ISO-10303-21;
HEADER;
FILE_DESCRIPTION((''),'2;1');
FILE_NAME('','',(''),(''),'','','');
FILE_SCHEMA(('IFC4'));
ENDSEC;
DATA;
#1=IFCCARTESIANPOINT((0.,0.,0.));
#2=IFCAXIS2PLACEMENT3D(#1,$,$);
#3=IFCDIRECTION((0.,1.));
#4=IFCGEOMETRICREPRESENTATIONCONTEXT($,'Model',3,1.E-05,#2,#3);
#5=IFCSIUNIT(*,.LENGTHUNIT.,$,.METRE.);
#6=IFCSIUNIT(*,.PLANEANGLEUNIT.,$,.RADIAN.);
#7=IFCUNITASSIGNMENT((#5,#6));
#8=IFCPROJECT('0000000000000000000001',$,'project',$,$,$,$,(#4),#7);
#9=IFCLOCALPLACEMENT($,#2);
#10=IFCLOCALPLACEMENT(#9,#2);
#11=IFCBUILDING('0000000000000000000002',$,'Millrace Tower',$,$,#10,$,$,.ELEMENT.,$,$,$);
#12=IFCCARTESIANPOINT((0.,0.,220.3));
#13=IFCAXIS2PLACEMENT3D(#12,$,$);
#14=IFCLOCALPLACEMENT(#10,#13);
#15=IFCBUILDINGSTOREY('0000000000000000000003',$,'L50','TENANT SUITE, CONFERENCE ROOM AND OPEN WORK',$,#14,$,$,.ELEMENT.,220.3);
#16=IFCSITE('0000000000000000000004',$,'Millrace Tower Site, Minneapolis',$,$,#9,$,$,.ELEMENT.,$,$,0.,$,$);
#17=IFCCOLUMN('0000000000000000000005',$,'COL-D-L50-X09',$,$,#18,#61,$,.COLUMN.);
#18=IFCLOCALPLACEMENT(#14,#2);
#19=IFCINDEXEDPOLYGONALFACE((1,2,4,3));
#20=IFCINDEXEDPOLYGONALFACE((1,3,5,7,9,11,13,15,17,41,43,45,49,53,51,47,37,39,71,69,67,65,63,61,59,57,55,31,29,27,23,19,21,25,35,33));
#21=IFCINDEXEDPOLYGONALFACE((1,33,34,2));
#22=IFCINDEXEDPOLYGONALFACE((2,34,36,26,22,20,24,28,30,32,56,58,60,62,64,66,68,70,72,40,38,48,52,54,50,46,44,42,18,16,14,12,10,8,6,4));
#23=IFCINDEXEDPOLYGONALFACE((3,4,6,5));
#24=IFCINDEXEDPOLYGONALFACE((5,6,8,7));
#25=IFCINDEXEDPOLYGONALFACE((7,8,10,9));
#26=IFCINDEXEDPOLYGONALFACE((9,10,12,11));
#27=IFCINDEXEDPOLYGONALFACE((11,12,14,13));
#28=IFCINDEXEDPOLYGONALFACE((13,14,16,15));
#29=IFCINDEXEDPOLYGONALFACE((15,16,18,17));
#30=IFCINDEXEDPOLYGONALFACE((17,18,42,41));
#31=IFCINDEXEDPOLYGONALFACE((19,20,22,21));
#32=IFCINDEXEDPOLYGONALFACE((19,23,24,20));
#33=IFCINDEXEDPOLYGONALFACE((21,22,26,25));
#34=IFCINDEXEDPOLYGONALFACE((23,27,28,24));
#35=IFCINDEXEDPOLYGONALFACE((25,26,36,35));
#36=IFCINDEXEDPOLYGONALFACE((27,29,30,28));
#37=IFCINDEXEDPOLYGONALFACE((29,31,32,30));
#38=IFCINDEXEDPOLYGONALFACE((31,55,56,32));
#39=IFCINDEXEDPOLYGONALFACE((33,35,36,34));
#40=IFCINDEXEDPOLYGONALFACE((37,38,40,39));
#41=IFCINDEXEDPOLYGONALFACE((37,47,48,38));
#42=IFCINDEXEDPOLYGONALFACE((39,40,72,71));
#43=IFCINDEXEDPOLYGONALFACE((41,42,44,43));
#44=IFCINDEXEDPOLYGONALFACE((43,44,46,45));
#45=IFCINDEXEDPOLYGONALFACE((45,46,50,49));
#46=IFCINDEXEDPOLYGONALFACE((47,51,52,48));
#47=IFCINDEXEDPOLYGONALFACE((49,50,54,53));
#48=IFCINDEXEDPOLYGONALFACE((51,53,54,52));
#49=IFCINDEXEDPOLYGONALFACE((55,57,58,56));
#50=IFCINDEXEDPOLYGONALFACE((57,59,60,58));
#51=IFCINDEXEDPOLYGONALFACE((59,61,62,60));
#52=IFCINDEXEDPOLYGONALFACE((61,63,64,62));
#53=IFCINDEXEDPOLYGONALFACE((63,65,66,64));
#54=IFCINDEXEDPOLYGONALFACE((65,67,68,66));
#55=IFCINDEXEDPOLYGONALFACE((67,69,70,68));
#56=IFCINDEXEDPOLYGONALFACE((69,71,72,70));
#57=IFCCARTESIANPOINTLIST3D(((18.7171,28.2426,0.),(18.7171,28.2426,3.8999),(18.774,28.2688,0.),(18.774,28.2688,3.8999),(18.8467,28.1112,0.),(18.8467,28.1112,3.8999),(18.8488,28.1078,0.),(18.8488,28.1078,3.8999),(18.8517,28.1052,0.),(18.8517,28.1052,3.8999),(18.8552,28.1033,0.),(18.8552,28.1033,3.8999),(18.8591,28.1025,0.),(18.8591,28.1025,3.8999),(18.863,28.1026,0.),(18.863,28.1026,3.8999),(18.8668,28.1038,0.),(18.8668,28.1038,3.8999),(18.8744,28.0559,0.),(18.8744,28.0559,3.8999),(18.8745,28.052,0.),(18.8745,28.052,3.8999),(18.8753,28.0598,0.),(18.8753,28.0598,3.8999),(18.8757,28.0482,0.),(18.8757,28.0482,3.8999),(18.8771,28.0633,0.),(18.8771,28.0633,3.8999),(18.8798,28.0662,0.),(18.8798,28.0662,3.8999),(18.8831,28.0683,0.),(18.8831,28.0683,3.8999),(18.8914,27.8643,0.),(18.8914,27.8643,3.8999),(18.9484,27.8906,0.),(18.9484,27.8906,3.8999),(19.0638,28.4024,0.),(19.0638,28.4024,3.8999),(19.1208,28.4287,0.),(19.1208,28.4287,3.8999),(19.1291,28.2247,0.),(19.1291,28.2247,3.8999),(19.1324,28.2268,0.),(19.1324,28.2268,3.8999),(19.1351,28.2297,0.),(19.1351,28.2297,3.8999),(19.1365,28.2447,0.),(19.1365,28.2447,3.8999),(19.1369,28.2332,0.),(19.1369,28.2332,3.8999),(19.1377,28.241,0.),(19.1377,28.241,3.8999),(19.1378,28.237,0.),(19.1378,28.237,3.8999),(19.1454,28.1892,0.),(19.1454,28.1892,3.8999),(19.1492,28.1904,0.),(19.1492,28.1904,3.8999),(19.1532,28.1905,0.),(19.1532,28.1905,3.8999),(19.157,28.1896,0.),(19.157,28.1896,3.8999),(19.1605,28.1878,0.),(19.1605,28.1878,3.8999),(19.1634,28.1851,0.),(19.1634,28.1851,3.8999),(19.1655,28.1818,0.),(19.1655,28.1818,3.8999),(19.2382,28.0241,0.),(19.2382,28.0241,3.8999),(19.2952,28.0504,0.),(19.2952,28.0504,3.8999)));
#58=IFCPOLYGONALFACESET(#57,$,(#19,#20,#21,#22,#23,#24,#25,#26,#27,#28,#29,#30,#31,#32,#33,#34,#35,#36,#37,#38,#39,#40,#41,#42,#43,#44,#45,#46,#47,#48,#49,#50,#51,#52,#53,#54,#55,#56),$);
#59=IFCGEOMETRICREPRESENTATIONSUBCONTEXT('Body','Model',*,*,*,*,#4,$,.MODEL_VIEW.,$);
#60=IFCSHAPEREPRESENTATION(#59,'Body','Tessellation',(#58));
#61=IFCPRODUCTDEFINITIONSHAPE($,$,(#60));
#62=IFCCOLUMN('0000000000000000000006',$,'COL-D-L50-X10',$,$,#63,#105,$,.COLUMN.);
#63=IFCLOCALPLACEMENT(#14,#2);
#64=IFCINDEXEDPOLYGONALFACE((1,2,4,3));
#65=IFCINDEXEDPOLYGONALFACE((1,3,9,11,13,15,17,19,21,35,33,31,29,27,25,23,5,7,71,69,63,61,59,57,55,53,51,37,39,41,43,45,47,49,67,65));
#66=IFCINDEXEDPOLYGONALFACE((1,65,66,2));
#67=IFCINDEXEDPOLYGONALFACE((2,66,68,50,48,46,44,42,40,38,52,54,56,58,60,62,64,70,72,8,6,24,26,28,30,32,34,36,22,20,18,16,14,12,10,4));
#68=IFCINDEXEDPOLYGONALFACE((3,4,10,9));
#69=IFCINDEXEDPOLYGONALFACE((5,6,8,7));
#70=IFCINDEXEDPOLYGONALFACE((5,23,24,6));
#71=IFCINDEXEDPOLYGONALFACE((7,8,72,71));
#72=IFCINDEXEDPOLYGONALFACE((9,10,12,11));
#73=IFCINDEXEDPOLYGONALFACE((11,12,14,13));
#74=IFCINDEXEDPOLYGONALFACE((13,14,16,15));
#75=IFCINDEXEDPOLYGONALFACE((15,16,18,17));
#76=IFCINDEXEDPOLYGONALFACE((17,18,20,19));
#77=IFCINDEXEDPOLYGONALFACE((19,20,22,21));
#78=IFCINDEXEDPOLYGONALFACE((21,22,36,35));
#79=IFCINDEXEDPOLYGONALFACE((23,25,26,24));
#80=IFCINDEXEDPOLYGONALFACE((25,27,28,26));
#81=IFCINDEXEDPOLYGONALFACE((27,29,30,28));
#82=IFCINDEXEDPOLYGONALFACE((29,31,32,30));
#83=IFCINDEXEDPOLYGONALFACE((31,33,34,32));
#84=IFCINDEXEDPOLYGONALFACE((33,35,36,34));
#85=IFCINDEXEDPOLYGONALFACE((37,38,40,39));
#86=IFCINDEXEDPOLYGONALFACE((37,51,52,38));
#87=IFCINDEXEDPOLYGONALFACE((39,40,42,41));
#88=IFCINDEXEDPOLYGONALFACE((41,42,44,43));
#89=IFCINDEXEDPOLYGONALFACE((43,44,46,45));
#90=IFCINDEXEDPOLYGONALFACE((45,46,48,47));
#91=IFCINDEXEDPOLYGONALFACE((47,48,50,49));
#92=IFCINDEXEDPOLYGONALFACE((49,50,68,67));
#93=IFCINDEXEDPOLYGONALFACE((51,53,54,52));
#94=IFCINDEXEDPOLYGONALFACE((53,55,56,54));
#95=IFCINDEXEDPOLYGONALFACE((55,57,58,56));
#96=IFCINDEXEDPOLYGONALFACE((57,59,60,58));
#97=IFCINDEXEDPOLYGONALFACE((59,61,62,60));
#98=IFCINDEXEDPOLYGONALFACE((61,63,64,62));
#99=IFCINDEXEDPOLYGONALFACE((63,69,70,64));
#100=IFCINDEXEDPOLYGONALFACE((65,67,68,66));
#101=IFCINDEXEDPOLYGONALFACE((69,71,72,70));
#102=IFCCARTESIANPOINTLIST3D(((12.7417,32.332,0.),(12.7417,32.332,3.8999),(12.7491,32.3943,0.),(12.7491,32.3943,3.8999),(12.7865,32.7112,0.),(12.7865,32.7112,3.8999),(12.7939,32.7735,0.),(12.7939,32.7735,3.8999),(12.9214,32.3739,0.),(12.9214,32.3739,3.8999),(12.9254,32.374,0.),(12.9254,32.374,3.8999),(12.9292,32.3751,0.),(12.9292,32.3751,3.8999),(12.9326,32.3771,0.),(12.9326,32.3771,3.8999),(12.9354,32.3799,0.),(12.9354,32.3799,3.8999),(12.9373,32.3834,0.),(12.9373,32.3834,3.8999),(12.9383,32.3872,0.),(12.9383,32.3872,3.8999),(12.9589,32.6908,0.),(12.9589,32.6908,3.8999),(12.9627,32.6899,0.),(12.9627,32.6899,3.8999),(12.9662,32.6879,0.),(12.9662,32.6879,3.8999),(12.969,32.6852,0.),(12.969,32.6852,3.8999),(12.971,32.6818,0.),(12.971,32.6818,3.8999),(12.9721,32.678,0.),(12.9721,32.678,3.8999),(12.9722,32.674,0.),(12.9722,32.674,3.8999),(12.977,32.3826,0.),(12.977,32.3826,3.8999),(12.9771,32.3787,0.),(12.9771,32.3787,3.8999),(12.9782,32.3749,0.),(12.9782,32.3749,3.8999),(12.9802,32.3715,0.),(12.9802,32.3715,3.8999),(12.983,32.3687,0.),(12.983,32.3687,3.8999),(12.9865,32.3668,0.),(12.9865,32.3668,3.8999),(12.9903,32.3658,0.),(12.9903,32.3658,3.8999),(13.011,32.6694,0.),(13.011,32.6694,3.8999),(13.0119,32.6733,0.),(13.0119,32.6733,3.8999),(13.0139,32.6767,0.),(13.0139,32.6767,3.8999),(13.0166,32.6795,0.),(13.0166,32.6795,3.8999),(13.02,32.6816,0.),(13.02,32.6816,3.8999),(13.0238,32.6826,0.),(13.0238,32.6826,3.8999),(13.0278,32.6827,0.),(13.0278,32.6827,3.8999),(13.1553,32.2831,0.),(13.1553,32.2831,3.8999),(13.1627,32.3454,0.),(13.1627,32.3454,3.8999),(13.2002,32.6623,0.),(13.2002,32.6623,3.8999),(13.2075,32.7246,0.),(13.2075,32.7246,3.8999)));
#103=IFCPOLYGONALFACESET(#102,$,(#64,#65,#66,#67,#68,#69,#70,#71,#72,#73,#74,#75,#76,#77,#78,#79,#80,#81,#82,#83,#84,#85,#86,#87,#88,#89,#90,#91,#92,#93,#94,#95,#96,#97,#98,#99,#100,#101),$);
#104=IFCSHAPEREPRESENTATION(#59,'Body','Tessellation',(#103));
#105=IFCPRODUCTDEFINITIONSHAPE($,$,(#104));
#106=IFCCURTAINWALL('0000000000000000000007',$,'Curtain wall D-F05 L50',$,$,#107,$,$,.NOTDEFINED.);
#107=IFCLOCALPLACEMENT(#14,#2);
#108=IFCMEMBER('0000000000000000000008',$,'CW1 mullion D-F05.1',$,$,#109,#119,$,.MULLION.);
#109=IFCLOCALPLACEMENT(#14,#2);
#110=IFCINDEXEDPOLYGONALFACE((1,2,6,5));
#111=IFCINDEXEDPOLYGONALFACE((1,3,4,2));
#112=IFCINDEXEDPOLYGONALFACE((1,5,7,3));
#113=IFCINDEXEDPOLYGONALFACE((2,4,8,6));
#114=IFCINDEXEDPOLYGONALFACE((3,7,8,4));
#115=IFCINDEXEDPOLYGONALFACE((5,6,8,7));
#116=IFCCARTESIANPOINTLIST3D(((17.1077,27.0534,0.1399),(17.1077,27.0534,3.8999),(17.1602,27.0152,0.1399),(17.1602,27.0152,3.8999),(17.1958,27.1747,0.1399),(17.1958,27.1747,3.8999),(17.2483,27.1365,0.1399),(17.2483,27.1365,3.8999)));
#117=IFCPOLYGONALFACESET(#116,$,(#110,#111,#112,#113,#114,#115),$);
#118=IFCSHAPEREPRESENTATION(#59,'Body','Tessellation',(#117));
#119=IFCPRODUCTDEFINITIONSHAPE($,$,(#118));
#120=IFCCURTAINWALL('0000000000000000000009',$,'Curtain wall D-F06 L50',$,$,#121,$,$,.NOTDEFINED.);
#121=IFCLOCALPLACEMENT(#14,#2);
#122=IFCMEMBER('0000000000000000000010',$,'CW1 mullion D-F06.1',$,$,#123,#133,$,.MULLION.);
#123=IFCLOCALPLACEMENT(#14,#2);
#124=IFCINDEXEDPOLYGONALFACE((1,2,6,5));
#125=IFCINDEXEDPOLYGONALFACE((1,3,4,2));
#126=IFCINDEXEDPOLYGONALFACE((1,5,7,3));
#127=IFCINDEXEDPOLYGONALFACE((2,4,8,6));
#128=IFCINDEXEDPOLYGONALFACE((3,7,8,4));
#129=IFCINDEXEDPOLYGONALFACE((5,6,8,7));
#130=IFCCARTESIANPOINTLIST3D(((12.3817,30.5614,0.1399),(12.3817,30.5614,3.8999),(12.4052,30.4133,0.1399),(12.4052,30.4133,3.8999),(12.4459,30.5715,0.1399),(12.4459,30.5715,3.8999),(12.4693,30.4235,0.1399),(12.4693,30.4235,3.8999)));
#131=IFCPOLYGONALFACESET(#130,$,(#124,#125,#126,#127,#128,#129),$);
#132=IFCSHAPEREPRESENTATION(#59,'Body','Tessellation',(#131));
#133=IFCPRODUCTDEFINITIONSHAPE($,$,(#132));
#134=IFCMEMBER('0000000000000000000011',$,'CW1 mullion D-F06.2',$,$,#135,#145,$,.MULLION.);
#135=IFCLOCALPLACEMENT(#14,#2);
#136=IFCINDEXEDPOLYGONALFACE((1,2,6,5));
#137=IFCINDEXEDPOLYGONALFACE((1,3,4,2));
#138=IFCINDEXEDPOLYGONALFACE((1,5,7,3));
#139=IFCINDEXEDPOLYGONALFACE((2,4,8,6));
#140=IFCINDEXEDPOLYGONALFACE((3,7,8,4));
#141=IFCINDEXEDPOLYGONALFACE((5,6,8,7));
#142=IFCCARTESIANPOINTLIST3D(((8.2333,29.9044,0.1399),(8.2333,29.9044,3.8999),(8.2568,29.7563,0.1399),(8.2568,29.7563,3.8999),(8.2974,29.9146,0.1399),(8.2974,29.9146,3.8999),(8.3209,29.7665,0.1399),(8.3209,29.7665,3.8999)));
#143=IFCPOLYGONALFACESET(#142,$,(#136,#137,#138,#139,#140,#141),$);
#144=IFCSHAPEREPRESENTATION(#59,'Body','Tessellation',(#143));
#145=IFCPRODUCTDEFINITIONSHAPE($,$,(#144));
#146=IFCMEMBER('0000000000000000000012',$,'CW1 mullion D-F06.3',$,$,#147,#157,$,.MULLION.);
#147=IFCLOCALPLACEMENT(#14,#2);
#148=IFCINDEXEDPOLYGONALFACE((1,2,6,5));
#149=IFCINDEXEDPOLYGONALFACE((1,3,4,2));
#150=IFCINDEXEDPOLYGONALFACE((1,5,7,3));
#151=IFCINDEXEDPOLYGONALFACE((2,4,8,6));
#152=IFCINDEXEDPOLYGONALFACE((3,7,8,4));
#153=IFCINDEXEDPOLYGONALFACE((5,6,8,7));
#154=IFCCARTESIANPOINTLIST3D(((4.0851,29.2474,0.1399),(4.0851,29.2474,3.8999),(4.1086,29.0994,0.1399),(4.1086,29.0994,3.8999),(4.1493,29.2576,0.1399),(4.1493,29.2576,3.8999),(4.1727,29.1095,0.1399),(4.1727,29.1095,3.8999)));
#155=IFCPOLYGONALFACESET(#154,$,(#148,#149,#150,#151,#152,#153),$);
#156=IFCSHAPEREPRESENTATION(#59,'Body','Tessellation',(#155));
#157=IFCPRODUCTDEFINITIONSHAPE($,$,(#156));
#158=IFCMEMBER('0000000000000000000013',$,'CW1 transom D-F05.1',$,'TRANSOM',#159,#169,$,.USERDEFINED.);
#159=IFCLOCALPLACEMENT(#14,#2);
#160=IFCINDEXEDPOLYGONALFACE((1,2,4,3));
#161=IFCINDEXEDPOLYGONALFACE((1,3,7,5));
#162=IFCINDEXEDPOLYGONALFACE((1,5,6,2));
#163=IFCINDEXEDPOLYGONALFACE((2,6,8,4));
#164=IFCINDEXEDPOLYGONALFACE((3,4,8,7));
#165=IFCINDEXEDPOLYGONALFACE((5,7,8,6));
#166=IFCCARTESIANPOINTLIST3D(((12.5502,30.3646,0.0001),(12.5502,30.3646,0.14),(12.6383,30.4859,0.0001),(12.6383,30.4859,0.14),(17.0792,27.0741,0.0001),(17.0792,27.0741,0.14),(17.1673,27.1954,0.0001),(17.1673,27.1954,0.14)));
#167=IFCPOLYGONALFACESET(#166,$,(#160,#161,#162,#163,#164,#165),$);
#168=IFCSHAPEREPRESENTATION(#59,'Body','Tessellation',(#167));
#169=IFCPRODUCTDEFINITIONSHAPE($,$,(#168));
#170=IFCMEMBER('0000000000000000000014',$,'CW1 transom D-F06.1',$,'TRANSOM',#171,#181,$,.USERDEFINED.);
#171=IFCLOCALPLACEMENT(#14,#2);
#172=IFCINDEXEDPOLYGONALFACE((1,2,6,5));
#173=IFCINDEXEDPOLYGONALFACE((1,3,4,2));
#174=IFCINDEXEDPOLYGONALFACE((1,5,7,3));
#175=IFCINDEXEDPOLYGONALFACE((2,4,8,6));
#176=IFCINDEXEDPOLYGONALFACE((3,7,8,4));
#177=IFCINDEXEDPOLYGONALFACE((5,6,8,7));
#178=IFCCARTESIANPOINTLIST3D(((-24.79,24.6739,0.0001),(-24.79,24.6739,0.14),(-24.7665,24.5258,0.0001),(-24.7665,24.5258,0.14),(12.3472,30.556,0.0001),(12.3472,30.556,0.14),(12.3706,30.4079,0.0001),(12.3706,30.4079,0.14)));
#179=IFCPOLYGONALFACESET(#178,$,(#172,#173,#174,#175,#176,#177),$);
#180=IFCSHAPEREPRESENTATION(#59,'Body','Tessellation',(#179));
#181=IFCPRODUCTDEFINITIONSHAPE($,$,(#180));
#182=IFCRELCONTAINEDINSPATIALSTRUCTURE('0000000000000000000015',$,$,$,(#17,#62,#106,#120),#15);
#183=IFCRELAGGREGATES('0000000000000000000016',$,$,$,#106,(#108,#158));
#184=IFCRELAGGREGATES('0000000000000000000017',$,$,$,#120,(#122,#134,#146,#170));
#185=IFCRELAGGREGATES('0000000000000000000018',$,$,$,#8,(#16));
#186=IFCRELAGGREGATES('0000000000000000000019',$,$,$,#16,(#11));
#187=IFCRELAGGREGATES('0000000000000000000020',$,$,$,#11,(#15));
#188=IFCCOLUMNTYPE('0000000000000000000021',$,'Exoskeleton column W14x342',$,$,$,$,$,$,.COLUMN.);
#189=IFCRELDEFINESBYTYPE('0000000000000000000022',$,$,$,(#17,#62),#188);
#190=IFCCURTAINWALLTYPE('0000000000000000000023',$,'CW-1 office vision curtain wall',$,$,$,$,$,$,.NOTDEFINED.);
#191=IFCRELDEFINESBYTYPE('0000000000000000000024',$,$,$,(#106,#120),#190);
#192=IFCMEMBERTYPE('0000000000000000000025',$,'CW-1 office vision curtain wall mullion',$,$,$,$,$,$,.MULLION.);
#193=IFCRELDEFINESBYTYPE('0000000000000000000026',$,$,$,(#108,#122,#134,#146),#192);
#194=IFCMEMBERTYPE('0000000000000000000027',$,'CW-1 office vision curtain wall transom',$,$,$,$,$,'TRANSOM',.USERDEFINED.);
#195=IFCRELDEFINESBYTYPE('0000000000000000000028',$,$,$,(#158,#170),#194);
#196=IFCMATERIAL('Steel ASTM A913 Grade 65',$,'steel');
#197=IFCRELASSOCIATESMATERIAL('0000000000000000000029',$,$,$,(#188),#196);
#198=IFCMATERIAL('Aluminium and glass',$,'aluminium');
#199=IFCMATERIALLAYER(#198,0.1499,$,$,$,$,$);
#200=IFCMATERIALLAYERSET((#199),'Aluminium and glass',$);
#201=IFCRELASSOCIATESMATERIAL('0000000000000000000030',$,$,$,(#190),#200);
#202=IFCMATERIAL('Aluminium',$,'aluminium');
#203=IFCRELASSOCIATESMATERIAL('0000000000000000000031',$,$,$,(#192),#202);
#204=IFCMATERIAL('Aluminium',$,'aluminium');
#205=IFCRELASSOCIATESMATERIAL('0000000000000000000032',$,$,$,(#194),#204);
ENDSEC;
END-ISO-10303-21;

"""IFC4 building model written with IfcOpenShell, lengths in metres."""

from ifc_helpers import new_model, si_unit, direction, frame, origin, origin_2d, place, context, subcontext, project, spatial, rectangle, i_section, extrude, material, layer, layer_set, material_profile, profile_set, type_object, element, aggregate, save


model = new_model("IFC4")

# Units and contexts
model_context = context("Model", 3, precision=1e-05, world=origin(), true_north=direction((0.0, 1.0)))
body_context = subcontext(model_context, "Body", "Model", "MODEL_VIEW")
ifc_project = project(units=[si_unit("LENGTHUNIT", "METRE"), si_unit("PLANEANGLEUNIT", "RADIAN")], contexts=[model_context])

# Site, building, storey
site_placement = place(None, origin())
site = spatial("IfcSite", under=ifc_project, at=site_placement, Name="Millrace Tower Site, Minneapolis", CompositionType="ELEMENT", RefElevation=0.0)
building_placement = place(site_placement, origin())
building = spatial("IfcBuilding", under=site, at=building_placement, Name="Millrace Tower", CompositionType="ELEMENT")
storey_placement = place(building_placement, frame((0.0, 0.0, 220.3)))
storey = spatial("IfcBuildingStorey", under=building, at=storey_placement, Name="L50", Description="TENANT SUITE, CONFERENCE ROOM AND OPEN WORK", CompositionType="ELEMENT", Elevation=220.3)

# Columns
ifc_material_1 = material(Name="Steel ASTM A913 Grade 65", Category="steel")
ifc_material_profile_1 = material_profile(ifc_material_1, i_section(OverallWidth=0.4165, OverallDepth=0.4446, WebThickness=0.0391, FlangeThickness=0.0627, FilletRadius=0.0151, at=origin_2d()))
ifc_profile_set_1 = profile_set([ifc_material_profile_1], Name="Steel ASTM A913 Grade 65")
column_type = type_object("IfcColumnType", Name="Exoskeleton column W14x342", PredefinedType="COLUMN", material=ifc_profile_set_1)
for number, where, z_axis, x_axis, name in (
    (1, (19.0061, 28.1465, 0.0), (0.0, 0.0, 1.0), (-0.418553, 0.908192, 0.0), "COL-D-L50-X09"),
    (2, (12.9746, 32.5283, 0.0), (0.0, 0.0, 1.0), (-0.993082, 0.117421, 0.0), "COL-D-L50-X10"),
):
    element("IfcColumn", number, at=place(storey_placement, frame(where, z_axis=z_axis, x_axis=x_axis)), inside=storey, type_object=column_type, Name=name, PredefinedType="COLUMN", context=body_context, shape_type="SweptSolid", body=[
        extrude(i_section(OverallWidth=0.4165, OverallDepth=0.4446, WebThickness=0.0391, FlangeThickness=0.0627, FilletRadius=0.0151, at=origin_2d()), origin(), (0.0, 0.0, 1.0), 3.8999),
    ])

# Curtain wall, member
ifc_material_2 = material(Name="Aluminium and glass", Category="aluminium")
ifc_layer_1 = layer(ifc_material_2, 0.1499)
ifc_layer_set_1 = layer_set([ifc_layer_1], Name="Aluminium and glass")
curtain_wall_type = type_object("IfcCurtainWallType", Name="CW-1 office vision curtain wall", PredefinedType="NOTDEFINED", material=ifc_layer_set_1)
placement = place(storey_placement, origin())
curtain_wall_1 = element("IfcCurtainWall", 3, at=placement, inside=storey, type_object=curtain_wall_type, Name="Curtain wall D-F05 L50", PredefinedType="NOTDEFINED")
ifc_material_3 = material(Name="Aluminium", Category="aluminium")
ifc_material_profile_2 = material_profile(ifc_material_3, rectangle(XDim=0.0649, YDim=0.1499, at=origin_2d()))
ifc_profile_set_2 = profile_set([ifc_material_profile_2], Name="Aluminium")
member_type_1 = type_object("IfcMemberType", Name="CW-1 office vision curtain wall mullion", PredefinedType="MULLION", material=ifc_profile_set_2)
member_1_placement = place(storey_placement, frame((17.178, 27.095, 0.1399), z_axis=(0.0, 0.0, 1.0), x_axis=(-0.809017, 0.587785, 0.0)))
member_1 = element("IfcMember", 4, at=member_1_placement, type_object=member_type_1, Name="CW1 mullion D-F05.1", PredefinedType="MULLION", context=body_context, shape_type="SweptSolid", body=[
    extrude(rectangle(XDim=0.0649, YDim=0.1499, at=origin_2d()), origin(), (0.0, 0.0, 1.0), 3.76),
])

# Curtain wall, members
curtain_wall_2 = element("IfcCurtainWall", 5, at=placement, inside=storey, type_object=curtain_wall_type, Name="Curtain wall D-F06 L50", PredefinedType="NOTDEFINED")
member_2_placement = place(storey_placement, frame((12.4255, 30.4924, 0.1399), z_axis=(0.0, 0.0, 1.0), x_axis=(-0.987688, -0.156434, 0.0)))
member_2 = element("IfcMember", 6, at=member_2_placement, type_object=member_type_1, Name="CW1 mullion D-F06.1", PredefinedType="MULLION", context=body_context, shape_type="SweptSolid", body=[
    extrude(rectangle(XDim=0.0649, YDim=0.1499, at=origin_2d()), origin(), (0.0, 0.0, 1.0), 3.76),
])
member_3_placement = place(storey_placement, frame((8.2771, 29.8354, 0.1399), z_axis=(0.0, 0.0, 1.0), x_axis=(-0.987688, -0.156434, 0.0)))
member_3 = element("IfcMember", 7, at=member_3_placement, type_object=member_type_1, Name="CW1 mullion D-F06.2", PredefinedType="MULLION", context=body_context, shape_type="SweptSolid", body=[
    extrude(rectangle(XDim=0.0649, YDim=0.1499, at=origin_2d()), origin(), (0.0, 0.0, 1.0), 3.76),
])
member_4_placement = place(storey_placement, frame((4.1289, 29.1785, 0.1399), z_axis=(0.0, 0.0, 1.0), x_axis=(-0.987688, -0.156434, 0.0)))
member_4 = element("IfcMember", 8, at=member_4_placement, type_object=member_type_1, Name="CW1 mullion D-F06.3", PredefinedType="MULLION", context=body_context, shape_type="SweptSolid", body=[
    extrude(rectangle(XDim=0.0649, YDim=0.1499, at=origin_2d()), origin(), (0.0, 0.0, 1.0), 3.76),
])

# Members
ifc_material_4 = material(Name="Aluminium", Category="aluminium")
ifc_material_profile_3 = material_profile(ifc_material_4, rectangle(XDim=0.1499, YDim=0.1399, at=origin_2d()))
ifc_profile_set_3 = profile_set([ifc_material_profile_3], Name="Aluminium")
member_type_2 = type_object("IfcMemberType", Name="CW-1 office vision curtain wall transom", ElementType="TRANSOM", PredefinedType="USERDEFINED", material=ifc_profile_set_3)
member_5_placement = place(storey_placement, frame((17.1233, 27.1348, 0.0701), z_axis=(-0.809019, 0.587783, 0.0), x_axis=(-0.587783, -0.809019, 0.0)))
member_5 = element("IfcMember", 9, at=member_5_placement, type_object=member_type_2, Name="CW1 transom D-F05.1", ObjectType="TRANSOM", PredefinedType="USERDEFINED", context=body_context, shape_type="SweptSolid", body=[
    extrude(rectangle(XDim=0.1499, YDim=0.1399, at=origin_2d()), origin(), (0.0, 0.0, 1.0), 5.5981),
])
aggregate(curtain_wall_1, [member_1, member_5])
member_6_placement = place(storey_placement, frame((12.3589, 30.4819, 0.0701), z_axis=(-0.987688, -0.156438, 0.0), x_axis=(0.156438, -0.987688, 0.0)))
member_6 = element("IfcMember", 10, at=member_6_placement, type_object=member_type_2, Name="CW1 transom D-F06.1", ObjectType="TRANSOM", PredefinedType="USERDEFINED", context=body_context, shape_type="SweptSolid", body=[
    extrude(rectangle(XDim=0.1499, YDim=0.1399, at=origin_2d()), origin(), (0.0, 0.0, 1.0), 37.6001),
])
aggregate(curtain_wall_2, [member_2, member_3, member_4, member_6])

save(model, "model.ifc")
